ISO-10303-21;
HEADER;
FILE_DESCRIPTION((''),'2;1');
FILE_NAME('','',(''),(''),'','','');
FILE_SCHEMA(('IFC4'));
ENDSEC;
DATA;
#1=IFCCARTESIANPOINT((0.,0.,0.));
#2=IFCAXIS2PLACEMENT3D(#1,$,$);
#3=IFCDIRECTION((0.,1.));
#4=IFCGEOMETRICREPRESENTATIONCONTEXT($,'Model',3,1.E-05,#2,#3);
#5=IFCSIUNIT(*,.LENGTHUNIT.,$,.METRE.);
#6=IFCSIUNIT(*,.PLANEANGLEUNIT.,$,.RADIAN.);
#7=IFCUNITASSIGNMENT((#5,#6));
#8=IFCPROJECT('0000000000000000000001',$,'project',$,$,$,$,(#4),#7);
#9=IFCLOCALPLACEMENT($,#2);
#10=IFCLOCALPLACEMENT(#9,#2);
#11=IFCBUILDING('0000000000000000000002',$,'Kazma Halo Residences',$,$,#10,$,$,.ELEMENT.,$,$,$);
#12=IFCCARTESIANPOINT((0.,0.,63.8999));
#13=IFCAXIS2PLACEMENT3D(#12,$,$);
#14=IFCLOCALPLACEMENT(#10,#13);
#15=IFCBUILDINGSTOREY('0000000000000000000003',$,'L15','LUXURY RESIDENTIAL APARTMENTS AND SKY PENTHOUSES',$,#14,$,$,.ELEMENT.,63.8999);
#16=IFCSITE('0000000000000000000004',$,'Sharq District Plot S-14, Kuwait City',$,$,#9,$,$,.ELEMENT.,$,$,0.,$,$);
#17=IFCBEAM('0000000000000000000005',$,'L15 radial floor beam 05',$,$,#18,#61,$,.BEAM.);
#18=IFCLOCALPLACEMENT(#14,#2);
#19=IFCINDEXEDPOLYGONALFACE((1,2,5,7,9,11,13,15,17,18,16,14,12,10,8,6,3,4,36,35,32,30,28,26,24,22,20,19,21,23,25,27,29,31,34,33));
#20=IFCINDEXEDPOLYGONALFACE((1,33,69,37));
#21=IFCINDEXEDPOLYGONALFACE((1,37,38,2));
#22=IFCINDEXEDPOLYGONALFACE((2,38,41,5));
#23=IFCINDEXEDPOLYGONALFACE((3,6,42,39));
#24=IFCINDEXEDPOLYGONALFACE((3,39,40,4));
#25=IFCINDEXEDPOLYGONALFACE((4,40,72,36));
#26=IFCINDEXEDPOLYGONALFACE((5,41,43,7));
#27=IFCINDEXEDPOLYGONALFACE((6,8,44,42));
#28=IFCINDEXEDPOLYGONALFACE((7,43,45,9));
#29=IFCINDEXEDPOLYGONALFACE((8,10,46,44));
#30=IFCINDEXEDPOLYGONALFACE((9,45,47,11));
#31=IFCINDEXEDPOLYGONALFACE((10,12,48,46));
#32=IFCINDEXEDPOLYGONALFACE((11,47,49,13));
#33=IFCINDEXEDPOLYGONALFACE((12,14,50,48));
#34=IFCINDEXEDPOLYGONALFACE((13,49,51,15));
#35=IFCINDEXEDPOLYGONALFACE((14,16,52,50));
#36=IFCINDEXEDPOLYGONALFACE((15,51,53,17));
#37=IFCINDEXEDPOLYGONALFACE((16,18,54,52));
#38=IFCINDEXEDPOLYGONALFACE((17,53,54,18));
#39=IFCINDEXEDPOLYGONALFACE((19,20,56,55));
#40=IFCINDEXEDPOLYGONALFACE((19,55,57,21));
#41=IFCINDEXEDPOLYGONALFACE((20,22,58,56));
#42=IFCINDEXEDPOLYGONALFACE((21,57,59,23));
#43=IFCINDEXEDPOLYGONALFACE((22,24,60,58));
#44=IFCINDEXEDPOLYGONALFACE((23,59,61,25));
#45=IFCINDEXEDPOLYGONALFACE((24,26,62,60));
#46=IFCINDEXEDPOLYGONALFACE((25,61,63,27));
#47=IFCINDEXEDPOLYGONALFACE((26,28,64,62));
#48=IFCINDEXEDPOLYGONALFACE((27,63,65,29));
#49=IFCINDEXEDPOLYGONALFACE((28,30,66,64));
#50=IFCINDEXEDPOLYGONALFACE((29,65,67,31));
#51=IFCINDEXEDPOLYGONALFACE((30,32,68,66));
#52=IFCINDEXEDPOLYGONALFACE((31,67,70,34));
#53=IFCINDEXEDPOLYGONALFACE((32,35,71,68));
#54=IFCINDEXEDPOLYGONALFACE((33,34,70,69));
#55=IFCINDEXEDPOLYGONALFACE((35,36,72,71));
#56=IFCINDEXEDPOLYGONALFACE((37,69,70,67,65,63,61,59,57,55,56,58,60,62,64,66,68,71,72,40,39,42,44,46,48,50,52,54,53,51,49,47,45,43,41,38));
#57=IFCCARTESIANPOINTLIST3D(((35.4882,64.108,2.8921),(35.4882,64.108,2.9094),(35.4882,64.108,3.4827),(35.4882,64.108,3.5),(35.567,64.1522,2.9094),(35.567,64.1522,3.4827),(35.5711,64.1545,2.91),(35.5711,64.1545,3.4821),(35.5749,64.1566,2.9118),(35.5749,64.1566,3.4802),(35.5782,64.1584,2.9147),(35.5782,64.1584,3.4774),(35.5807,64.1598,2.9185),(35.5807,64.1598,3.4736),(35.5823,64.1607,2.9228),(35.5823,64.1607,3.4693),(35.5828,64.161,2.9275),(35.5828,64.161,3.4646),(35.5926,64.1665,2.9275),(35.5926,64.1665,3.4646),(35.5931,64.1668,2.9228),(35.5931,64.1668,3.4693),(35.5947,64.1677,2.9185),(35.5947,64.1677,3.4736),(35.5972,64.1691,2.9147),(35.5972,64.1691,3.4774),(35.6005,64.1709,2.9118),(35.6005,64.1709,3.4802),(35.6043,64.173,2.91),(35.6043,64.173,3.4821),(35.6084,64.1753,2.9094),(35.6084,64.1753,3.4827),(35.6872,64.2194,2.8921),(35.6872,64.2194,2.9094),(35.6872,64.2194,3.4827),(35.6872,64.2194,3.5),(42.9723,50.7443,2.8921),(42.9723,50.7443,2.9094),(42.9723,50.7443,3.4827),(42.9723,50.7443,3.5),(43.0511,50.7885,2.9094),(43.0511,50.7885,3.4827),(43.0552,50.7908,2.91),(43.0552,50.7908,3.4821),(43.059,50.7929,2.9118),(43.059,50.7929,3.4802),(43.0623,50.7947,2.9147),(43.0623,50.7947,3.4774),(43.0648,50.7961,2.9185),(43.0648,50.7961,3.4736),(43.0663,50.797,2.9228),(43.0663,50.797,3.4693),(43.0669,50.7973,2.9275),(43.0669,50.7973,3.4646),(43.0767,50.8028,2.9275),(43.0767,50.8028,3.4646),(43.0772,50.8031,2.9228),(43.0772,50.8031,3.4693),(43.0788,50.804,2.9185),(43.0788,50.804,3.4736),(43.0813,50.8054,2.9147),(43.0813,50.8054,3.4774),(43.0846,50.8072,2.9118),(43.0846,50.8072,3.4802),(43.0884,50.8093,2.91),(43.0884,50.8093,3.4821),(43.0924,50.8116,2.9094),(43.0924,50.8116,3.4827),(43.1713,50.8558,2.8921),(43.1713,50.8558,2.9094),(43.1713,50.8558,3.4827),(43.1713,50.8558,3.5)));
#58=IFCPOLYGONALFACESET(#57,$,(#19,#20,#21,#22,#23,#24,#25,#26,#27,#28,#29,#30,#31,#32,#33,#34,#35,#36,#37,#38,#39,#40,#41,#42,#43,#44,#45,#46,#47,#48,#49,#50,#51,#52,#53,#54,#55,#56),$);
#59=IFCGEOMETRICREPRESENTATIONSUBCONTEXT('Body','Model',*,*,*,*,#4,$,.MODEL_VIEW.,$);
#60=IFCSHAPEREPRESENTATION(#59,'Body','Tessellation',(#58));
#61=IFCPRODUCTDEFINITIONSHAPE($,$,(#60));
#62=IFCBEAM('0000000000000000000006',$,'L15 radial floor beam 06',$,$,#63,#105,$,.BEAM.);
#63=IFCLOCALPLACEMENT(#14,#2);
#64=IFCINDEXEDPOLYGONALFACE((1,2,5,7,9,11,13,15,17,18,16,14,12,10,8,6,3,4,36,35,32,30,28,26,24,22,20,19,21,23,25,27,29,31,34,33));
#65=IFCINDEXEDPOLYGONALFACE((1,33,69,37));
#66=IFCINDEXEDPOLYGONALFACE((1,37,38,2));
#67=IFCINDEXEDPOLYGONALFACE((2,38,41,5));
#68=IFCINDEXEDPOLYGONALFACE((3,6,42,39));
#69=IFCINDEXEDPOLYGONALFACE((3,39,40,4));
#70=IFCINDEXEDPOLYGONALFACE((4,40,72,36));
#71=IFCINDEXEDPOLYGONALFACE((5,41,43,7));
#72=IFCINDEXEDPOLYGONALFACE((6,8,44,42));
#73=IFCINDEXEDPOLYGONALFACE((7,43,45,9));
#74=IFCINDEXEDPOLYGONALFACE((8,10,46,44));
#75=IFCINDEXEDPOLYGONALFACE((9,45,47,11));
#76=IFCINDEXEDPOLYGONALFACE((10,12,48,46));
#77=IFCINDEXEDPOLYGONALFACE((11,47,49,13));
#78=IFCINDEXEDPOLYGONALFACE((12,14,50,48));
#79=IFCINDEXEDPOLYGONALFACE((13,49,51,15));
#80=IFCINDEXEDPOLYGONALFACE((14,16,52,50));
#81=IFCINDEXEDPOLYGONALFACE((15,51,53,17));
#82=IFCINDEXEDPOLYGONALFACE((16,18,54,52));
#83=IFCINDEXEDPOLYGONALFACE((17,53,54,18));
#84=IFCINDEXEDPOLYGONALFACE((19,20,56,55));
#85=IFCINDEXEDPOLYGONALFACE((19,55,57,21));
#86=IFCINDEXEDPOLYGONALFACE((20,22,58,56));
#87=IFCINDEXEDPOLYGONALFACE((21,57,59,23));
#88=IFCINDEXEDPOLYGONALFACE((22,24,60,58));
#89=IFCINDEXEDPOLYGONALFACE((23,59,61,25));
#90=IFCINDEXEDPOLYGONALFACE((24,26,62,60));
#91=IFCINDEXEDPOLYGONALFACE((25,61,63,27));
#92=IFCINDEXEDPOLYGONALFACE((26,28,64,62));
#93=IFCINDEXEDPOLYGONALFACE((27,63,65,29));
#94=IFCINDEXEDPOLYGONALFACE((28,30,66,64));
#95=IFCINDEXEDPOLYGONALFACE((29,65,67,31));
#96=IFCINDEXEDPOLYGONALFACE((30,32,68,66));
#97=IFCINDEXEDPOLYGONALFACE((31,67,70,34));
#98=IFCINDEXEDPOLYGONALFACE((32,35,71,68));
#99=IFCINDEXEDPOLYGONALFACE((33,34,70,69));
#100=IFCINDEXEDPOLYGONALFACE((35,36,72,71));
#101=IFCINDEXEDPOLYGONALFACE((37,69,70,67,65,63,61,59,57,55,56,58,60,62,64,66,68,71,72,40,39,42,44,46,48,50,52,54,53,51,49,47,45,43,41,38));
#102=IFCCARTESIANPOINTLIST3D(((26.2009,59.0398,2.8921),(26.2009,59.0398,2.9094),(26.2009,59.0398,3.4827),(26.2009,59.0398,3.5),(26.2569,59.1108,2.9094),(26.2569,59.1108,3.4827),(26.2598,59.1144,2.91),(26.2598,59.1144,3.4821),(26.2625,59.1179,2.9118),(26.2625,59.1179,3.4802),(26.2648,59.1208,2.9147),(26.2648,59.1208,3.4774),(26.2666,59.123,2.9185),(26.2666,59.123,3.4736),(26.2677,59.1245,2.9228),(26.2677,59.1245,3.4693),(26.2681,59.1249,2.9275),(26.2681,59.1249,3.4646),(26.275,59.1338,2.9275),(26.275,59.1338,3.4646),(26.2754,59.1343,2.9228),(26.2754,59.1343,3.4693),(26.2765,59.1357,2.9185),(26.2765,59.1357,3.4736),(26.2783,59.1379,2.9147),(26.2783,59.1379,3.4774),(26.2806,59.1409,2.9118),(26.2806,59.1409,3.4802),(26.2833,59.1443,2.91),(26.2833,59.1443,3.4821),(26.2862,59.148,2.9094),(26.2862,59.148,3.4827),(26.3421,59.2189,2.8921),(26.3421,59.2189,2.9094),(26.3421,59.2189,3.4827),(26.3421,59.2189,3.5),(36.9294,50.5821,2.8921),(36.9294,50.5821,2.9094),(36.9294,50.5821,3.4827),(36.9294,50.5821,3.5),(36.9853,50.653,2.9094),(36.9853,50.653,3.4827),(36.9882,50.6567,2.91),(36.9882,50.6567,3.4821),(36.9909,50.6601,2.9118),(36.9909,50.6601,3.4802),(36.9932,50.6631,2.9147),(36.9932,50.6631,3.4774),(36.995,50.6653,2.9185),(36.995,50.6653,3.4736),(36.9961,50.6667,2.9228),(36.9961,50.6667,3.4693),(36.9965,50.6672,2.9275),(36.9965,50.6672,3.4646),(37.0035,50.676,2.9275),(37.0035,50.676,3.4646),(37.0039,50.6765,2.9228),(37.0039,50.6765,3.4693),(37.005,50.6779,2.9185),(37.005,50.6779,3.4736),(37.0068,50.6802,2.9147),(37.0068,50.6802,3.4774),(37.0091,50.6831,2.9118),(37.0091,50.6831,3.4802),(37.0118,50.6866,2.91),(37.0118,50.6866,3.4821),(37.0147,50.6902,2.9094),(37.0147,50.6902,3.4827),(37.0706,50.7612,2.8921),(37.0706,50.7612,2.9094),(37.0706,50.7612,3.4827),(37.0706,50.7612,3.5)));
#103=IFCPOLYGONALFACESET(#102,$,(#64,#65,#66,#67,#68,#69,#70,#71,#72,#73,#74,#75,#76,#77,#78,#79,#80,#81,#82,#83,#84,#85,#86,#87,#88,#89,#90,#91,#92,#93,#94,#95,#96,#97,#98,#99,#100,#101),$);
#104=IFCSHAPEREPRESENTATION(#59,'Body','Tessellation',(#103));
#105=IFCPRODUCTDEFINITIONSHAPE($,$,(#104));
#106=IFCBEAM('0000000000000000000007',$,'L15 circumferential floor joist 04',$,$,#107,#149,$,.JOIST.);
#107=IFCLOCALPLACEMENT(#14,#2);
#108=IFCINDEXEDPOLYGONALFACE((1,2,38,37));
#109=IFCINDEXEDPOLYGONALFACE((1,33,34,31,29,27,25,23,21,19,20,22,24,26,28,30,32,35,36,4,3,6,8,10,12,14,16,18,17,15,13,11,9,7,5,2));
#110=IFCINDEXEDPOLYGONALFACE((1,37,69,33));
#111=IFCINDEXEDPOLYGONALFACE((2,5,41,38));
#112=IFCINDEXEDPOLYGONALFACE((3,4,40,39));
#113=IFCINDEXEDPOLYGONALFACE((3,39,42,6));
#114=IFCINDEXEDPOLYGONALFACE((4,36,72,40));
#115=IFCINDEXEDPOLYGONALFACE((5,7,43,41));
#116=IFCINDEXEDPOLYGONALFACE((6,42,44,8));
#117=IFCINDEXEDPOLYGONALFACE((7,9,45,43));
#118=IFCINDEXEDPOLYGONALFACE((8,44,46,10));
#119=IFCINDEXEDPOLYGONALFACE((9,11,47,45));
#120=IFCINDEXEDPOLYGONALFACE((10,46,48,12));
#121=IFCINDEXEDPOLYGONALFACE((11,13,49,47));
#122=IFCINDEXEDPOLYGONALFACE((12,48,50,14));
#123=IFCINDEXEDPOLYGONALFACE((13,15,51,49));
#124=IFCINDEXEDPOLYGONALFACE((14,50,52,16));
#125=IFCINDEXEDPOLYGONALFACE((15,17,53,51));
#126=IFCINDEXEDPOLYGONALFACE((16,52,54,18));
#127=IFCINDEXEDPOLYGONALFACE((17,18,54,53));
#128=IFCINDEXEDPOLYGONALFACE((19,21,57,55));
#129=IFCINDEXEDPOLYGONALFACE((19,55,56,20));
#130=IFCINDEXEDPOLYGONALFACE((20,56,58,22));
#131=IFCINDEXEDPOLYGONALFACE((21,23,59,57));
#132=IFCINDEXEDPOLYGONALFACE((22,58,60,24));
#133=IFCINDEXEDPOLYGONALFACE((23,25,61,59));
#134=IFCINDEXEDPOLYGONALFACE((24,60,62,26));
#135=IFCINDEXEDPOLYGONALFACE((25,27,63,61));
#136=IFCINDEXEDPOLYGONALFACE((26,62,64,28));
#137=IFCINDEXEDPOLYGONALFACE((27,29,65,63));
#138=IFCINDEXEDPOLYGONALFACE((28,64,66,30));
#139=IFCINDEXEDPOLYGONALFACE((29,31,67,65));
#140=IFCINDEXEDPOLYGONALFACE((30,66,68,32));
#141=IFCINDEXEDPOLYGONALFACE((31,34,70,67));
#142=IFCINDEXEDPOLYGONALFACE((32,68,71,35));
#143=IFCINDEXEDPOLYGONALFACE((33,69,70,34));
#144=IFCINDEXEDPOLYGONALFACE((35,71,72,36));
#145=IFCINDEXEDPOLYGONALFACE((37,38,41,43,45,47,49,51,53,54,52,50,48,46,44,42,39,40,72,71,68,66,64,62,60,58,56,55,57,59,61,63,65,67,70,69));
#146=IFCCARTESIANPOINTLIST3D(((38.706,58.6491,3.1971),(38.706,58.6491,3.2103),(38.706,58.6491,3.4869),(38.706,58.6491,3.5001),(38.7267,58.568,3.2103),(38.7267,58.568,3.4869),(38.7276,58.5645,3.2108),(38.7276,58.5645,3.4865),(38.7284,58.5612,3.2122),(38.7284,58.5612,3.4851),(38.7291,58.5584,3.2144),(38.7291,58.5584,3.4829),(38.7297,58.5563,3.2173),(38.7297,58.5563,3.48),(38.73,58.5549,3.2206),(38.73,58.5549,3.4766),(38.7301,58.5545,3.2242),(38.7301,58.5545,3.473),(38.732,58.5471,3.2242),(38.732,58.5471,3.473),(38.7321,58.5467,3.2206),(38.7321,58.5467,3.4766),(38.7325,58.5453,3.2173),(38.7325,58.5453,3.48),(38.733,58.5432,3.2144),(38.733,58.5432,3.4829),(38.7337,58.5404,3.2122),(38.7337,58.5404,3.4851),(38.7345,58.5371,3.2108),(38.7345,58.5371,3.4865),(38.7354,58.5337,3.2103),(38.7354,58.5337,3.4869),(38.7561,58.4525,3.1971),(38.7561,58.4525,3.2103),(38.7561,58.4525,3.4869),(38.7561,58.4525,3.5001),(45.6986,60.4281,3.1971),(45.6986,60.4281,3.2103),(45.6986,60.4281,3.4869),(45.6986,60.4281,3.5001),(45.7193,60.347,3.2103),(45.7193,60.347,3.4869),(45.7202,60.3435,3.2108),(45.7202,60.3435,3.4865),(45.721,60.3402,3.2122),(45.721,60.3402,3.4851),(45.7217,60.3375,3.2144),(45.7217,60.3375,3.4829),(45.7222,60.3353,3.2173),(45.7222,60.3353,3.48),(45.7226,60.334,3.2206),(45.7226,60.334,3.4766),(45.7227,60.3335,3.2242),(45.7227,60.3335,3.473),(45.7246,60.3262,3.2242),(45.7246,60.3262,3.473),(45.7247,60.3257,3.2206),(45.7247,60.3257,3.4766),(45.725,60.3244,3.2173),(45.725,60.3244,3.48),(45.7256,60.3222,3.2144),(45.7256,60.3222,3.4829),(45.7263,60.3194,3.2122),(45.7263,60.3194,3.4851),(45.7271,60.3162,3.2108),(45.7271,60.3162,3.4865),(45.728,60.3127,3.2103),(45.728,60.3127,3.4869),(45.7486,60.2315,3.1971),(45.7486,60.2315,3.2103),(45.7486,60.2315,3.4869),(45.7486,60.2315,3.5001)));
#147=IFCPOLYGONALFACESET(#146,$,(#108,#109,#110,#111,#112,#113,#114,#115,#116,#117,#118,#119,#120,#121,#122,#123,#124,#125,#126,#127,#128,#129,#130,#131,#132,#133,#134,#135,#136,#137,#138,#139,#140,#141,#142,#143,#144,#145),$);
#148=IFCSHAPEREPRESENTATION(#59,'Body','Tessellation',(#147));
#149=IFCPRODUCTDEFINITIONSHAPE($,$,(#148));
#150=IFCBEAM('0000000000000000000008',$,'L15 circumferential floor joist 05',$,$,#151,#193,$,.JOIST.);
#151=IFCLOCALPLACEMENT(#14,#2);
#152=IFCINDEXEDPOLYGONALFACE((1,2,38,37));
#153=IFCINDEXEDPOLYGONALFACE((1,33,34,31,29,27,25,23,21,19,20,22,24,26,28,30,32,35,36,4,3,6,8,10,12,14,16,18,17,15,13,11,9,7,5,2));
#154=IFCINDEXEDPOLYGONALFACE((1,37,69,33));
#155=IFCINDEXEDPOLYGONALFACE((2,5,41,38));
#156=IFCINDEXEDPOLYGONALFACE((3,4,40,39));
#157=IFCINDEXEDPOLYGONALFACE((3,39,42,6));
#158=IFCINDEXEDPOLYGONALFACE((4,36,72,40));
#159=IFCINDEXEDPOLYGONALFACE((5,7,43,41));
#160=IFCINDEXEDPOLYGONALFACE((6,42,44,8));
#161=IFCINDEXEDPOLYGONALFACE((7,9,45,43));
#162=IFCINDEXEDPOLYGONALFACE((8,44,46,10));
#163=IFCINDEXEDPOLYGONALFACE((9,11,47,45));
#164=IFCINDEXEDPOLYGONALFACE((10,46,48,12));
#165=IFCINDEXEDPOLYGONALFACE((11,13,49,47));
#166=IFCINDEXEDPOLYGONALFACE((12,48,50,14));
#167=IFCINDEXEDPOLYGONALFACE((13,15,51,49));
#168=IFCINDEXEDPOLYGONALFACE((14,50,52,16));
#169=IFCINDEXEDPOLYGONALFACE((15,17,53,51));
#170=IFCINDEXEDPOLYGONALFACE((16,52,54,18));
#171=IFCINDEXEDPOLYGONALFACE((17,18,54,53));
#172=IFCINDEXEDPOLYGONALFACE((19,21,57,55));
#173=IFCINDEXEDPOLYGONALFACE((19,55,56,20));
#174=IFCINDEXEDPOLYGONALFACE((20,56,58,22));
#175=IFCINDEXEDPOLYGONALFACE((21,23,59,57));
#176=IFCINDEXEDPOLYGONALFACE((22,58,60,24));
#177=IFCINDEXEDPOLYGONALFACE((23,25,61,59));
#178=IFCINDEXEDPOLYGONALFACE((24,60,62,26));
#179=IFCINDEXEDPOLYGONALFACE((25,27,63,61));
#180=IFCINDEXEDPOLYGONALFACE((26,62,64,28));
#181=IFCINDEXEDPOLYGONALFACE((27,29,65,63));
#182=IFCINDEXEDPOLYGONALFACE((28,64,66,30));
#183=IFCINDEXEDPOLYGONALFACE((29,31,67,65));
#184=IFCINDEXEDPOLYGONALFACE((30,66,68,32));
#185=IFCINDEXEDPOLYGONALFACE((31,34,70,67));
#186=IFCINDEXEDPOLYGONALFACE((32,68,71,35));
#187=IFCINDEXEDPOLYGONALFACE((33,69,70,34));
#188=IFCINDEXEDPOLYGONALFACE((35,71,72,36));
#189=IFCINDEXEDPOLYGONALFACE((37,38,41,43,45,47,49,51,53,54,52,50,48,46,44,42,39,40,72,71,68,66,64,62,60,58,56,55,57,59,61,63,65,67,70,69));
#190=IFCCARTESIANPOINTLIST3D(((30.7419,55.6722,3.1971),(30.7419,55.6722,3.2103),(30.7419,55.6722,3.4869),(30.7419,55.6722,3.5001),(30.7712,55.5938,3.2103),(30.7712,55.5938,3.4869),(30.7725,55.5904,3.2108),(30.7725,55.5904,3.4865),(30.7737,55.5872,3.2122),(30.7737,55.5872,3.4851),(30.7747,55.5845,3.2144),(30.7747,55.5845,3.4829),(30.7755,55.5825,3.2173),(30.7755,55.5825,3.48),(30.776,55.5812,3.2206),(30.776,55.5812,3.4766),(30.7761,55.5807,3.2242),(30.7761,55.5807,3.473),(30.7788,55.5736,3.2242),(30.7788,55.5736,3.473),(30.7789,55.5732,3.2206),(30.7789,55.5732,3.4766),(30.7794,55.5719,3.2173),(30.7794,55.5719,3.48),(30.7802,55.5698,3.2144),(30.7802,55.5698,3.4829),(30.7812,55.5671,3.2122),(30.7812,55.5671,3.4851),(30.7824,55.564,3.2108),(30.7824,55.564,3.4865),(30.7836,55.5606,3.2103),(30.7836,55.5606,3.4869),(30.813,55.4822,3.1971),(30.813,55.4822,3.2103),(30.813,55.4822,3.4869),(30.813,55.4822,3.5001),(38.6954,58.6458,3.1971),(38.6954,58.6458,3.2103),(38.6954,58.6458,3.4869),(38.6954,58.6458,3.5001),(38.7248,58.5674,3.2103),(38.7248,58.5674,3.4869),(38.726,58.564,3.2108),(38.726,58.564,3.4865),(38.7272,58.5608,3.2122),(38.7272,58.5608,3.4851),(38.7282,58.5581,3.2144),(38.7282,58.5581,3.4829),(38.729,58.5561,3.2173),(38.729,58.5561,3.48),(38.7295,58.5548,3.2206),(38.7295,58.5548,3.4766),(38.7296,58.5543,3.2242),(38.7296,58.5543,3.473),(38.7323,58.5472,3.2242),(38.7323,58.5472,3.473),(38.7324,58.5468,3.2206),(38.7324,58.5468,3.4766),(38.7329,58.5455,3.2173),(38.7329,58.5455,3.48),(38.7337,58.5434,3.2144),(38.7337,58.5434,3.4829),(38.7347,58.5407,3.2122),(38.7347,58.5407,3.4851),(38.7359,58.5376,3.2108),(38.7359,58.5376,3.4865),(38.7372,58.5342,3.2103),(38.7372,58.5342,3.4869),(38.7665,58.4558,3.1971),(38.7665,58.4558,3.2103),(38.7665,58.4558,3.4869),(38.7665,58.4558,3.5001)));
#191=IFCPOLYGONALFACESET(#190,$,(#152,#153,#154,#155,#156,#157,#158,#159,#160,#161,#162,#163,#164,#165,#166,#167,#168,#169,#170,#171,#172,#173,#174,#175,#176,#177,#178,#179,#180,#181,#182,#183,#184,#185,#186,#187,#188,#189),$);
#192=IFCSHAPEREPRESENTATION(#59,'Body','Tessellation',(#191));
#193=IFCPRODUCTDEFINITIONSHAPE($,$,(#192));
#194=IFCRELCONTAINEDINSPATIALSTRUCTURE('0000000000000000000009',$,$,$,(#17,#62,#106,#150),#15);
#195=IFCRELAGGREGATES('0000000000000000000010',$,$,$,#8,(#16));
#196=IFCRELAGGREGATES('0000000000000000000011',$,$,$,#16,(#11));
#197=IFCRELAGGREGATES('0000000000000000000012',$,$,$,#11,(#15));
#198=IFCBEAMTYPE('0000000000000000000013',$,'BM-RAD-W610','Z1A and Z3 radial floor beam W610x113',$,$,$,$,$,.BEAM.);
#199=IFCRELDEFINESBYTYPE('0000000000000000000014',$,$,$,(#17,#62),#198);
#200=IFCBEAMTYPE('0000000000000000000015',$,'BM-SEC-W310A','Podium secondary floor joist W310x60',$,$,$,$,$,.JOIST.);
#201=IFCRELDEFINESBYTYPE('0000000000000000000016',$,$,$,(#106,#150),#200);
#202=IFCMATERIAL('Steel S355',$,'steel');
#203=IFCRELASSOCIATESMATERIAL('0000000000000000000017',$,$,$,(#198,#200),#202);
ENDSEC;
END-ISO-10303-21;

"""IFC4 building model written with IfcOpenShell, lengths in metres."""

from ifc_helpers import new_model, si_unit, direction, frame, origin, origin_2d, place, context, subcontext, project, spatial, i_section, extrude, material, material_profile, profile_set, type_object, element, save


model = new_model("IFC4")

# Units and contexts
model_context = context("Model", 3, precision=1e-05, world=origin(), true_north=direction((0.0, 1.0)))
body_context = subcontext(model_context, "Body", "Model", "MODEL_VIEW")
ifc_project = project(units=[si_unit("LENGTHUNIT", "METRE"), si_unit("PLANEANGLEUNIT", "RADIAN")], contexts=[model_context])

# Site, building, storey
site_placement = place(None, origin())
site = spatial("IfcSite", under=ifc_project, at=site_placement, Name="Sharq District Plot S-14, Kuwait City", CompositionType="ELEMENT", RefElevation=0.0)
building_placement = place(site_placement, origin())
building = spatial("IfcBuilding", under=site, at=building_placement, Name="Kazma Halo Residences", CompositionType="ELEMENT")
storey_placement = place(building_placement, frame((0.0, 0.0, 63.8999)))
storey = spatial("IfcBuildingStorey", under=building, at=storey_placement, Name="L15", Description="LUXURY RESIDENTIAL APARTMENTS AND SKY PENTHOUSES", CompositionType="ELEMENT", Elevation=63.8999)

# Beams
ifc_material_1 = material(Name="Steel S355", Category="steel")
ifc_material_profile_1 = material_profile(ifc_material_1, i_section(OverallWidth=0.228, OverallDepth=0.6079, WebThickness=0.0112, FlangeThickness=0.0173, FilletRadius=0.0181, at=origin_2d()), Name="W610x113")
ifc_profile_set_1 = profile_set([ifc_material_profile_1], Name="Steel S355")
beam_type_1 = type_object("IfcBeamType", Name="BM-RAD-W610", Description="Z1A and Z3 radial floor beam W610x113", PredefinedType="BEAM", material=ifc_profile_set_1)
beam_1_placement = place(storey_placement, frame((43.0718, 50.8, 3.196), z_axis=(-0.488624, 0.872494, 0.0), x_axis=(-0.872494, -0.488624, 0.0)))
element("IfcBeam", 1, at=beam_1_placement, inside=storey, type_object=beam_type_1, Name="L15 radial floor beam 05", PredefinedType="BEAM", context=body_context, shape_type="SweptSolid", body=[
    extrude(i_section(OverallWidth=0.228, OverallDepth=0.6079, WebThickness=0.0112, FlangeThickness=0.0173, FilletRadius=0.0181, at=origin_2d()), origin(), (0.0, 0.0, 1.0), 15.3167),
])
beam_2_placement = place(storey_placement, frame((37.0, 50.6716, 3.196), z_axis=(-0.785314, 0.619098, 0.0), x_axis=(-0.619098, -0.785314, 0.0)))
element("IfcBeam", 2, at=beam_2_placement, inside=storey, type_object=beam_type_1, Name="L15 radial floor beam 06", PredefinedType="BEAM", context=body_context, shape_type="SweptSolid", body=[
    extrude(i_section(OverallWidth=0.228, OverallDepth=0.6079, WebThickness=0.0112, FlangeThickness=0.0173, FilletRadius=0.0181, at=origin_2d()), origin(), (0.0, 0.0, 1.0), 13.6614),
])
ifc_material_profile_2 = material_profile(ifc_material_1, i_section(OverallWidth=0.2029, OverallDepth=0.303, WebThickness=0.0076, FlangeThickness=0.0132, FilletRadius=0.0139, at=origin_2d()), Name="W310x60")
ifc_profile_set_2 = profile_set([ifc_material_profile_2], Name="Steel S355")
beam_type_2 = type_object("IfcBeamType", Name="BM-SEC-W310A", Description="Podium secondary floor joist W310x60", PredefinedType="JOIST", material=ifc_profile_set_2)
beam_3_placement = place(storey_placement, frame((45.7236, 60.3298, 3.3486), z_axis=(-0.969127, -0.246562, 0.0), x_axis=(0.246562, -0.969127, 0.0)))
element("IfcBeam", 3, at=beam_3_placement, inside=storey, type_object=beam_type_2, Name="L15 circumferential floor joist 04", PredefinedType="JOIST", context=body_context, shape_type="SweptSolid", body=[
    extrude(i_section(OverallWidth=0.2029, OverallDepth=0.303, WebThickness=0.0076, FlangeThickness=0.0132, FilletRadius=0.0139, at=origin_2d()), origin(), (0.0, 0.0, 1.0), 7.2153),
])
beam_4_placement = place(storey_placement, frame((38.731, 58.5508, 3.3486), z_axis=(-0.936676, -0.350197, 0.0), x_axis=(0.350197, -0.936676, 0.0)))
element("IfcBeam", 4, at=beam_4_placement, inside=storey, type_object=beam_type_2, Name="L15 circumferential floor joist 05", PredefinedType="JOIST", context=body_context, shape_type="SweptSolid", body=[
    extrude(i_section(OverallWidth=0.2029, OverallDepth=0.303, WebThickness=0.0076, FlangeThickness=0.0132, FilletRadius=0.0139, at=origin_2d()), origin(), (0.0, 0.0, 1.0), 8.4912),
])

save(model, "model.ifc")
